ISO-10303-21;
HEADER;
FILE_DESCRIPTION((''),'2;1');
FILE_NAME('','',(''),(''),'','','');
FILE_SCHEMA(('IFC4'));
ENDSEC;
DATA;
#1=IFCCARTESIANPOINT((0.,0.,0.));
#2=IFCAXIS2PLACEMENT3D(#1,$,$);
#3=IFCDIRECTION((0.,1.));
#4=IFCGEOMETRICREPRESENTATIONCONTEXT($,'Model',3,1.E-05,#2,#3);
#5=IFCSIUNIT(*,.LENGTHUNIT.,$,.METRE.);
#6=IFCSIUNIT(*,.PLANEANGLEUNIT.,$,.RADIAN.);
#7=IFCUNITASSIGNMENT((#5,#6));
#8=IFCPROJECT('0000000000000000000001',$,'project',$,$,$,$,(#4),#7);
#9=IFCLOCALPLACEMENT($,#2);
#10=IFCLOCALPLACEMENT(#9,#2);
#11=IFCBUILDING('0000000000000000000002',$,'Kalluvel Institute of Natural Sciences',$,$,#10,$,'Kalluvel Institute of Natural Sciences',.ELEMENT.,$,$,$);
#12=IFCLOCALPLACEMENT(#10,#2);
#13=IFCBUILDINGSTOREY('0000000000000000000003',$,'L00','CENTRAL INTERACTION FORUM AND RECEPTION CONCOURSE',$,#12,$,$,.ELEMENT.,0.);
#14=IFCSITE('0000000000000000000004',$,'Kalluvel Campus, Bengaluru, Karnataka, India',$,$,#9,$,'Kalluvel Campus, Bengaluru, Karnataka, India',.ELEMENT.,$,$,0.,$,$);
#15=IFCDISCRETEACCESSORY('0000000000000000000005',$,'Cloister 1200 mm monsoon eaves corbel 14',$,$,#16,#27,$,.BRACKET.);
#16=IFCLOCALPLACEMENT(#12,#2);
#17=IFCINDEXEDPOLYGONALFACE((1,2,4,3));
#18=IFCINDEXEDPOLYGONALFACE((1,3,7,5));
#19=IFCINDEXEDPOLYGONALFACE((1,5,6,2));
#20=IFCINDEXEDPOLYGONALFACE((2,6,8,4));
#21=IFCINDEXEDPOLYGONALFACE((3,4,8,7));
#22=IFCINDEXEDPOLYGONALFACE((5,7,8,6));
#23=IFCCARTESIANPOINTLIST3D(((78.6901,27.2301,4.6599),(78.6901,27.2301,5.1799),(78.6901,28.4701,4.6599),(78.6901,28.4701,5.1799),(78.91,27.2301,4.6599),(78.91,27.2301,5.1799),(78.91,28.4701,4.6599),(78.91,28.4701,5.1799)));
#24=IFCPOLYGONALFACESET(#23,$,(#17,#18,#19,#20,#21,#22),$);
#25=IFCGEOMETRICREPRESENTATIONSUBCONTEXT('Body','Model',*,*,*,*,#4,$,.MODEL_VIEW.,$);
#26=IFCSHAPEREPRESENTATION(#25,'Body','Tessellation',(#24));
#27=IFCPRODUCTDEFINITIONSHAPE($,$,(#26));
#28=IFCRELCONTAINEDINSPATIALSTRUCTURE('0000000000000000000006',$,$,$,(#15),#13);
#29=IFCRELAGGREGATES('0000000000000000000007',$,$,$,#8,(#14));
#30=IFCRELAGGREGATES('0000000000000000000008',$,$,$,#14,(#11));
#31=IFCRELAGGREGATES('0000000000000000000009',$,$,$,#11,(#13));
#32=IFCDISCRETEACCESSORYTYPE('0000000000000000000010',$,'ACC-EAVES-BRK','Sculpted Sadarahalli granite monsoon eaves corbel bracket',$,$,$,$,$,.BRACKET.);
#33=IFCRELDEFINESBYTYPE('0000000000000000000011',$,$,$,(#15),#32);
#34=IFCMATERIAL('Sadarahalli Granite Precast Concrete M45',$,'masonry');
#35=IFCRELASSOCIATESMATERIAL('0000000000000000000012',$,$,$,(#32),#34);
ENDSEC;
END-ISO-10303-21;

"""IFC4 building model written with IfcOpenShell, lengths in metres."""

from ifc_helpers import new_model, si_unit, direction, frame, origin, origin_2d, place, context, subcontext, project, spatial, rectangle, extrude, material, type_object, element, save


model = new_model("IFC4")

# Units and contexts
model_context = context("Model", 3, precision=1e-05, world=origin(), true_north=direction((0.0, 1.0)))
body_context = subcontext(model_context, "Body", "Model", "MODEL_VIEW")
ifc_project = project(units=[si_unit("LENGTHUNIT", "METRE"), si_unit("PLANEANGLEUNIT", "RADIAN")], contexts=[model_context])

# Site, building, storey
site_placement = place(None, origin())
site = spatial("IfcSite", under=ifc_project, at=site_placement, Name="Kalluvel Campus, Bengaluru, Karnataka, India", LongName="Kalluvel Campus, Bengaluru, Karnataka, India", CompositionType="ELEMENT", RefElevation=0.0)
building_placement = place(site_placement, origin())
building = spatial("IfcBuilding", under=site, at=building_placement, Name="Kalluvel Institute of Natural Sciences", LongName="Kalluvel Institute of Natural Sciences", CompositionType="ELEMENT")
storey_placement = place(building_placement, origin())
storey = spatial("IfcBuildingStorey", under=building, at=storey_placement, Name="L00", Description="CENTRAL INTERACTION FORUM AND RECEPTION CONCOURSE", CompositionType="ELEMENT", Elevation=0.0)

# Shared definitions
ifc_material_1 = material(Name="Sadarahalli Granite Precast Concrete M45", Category="masonry")

# Discrete accessory
discrete_accessory_type = type_object("IfcDiscreteAccessoryType", Name="ACC-EAVES-BRK", Description="Sculpted Sadarahalli granite monsoon eaves corbel bracket", PredefinedType="BRACKET", material=ifc_material_1)
for number, where, z_axis, x_axis, name in (
    (1, (78.8, 27.8501, 4.6599), (0.0, 0.0, 1.0), (1.0, 0.0, 0.0), "Cloister 1200 mm monsoon eaves corbel 14"),
):
    element("IfcDiscreteAccessory", number, at=place(storey_placement, frame(where, z_axis=z_axis, x_axis=x_axis)), inside=storey, type_object=discrete_accessory_type, Name=name, PredefinedType="BRACKET", context=body_context, shape_type="SweptSolid", body=[
        extrude(rectangle(XDim=0.22, YDim=1.24, at=origin_2d()), origin(), (0.0, 0.0, 1.0), 0.52),
    ])

save(model, "model.ifc")
